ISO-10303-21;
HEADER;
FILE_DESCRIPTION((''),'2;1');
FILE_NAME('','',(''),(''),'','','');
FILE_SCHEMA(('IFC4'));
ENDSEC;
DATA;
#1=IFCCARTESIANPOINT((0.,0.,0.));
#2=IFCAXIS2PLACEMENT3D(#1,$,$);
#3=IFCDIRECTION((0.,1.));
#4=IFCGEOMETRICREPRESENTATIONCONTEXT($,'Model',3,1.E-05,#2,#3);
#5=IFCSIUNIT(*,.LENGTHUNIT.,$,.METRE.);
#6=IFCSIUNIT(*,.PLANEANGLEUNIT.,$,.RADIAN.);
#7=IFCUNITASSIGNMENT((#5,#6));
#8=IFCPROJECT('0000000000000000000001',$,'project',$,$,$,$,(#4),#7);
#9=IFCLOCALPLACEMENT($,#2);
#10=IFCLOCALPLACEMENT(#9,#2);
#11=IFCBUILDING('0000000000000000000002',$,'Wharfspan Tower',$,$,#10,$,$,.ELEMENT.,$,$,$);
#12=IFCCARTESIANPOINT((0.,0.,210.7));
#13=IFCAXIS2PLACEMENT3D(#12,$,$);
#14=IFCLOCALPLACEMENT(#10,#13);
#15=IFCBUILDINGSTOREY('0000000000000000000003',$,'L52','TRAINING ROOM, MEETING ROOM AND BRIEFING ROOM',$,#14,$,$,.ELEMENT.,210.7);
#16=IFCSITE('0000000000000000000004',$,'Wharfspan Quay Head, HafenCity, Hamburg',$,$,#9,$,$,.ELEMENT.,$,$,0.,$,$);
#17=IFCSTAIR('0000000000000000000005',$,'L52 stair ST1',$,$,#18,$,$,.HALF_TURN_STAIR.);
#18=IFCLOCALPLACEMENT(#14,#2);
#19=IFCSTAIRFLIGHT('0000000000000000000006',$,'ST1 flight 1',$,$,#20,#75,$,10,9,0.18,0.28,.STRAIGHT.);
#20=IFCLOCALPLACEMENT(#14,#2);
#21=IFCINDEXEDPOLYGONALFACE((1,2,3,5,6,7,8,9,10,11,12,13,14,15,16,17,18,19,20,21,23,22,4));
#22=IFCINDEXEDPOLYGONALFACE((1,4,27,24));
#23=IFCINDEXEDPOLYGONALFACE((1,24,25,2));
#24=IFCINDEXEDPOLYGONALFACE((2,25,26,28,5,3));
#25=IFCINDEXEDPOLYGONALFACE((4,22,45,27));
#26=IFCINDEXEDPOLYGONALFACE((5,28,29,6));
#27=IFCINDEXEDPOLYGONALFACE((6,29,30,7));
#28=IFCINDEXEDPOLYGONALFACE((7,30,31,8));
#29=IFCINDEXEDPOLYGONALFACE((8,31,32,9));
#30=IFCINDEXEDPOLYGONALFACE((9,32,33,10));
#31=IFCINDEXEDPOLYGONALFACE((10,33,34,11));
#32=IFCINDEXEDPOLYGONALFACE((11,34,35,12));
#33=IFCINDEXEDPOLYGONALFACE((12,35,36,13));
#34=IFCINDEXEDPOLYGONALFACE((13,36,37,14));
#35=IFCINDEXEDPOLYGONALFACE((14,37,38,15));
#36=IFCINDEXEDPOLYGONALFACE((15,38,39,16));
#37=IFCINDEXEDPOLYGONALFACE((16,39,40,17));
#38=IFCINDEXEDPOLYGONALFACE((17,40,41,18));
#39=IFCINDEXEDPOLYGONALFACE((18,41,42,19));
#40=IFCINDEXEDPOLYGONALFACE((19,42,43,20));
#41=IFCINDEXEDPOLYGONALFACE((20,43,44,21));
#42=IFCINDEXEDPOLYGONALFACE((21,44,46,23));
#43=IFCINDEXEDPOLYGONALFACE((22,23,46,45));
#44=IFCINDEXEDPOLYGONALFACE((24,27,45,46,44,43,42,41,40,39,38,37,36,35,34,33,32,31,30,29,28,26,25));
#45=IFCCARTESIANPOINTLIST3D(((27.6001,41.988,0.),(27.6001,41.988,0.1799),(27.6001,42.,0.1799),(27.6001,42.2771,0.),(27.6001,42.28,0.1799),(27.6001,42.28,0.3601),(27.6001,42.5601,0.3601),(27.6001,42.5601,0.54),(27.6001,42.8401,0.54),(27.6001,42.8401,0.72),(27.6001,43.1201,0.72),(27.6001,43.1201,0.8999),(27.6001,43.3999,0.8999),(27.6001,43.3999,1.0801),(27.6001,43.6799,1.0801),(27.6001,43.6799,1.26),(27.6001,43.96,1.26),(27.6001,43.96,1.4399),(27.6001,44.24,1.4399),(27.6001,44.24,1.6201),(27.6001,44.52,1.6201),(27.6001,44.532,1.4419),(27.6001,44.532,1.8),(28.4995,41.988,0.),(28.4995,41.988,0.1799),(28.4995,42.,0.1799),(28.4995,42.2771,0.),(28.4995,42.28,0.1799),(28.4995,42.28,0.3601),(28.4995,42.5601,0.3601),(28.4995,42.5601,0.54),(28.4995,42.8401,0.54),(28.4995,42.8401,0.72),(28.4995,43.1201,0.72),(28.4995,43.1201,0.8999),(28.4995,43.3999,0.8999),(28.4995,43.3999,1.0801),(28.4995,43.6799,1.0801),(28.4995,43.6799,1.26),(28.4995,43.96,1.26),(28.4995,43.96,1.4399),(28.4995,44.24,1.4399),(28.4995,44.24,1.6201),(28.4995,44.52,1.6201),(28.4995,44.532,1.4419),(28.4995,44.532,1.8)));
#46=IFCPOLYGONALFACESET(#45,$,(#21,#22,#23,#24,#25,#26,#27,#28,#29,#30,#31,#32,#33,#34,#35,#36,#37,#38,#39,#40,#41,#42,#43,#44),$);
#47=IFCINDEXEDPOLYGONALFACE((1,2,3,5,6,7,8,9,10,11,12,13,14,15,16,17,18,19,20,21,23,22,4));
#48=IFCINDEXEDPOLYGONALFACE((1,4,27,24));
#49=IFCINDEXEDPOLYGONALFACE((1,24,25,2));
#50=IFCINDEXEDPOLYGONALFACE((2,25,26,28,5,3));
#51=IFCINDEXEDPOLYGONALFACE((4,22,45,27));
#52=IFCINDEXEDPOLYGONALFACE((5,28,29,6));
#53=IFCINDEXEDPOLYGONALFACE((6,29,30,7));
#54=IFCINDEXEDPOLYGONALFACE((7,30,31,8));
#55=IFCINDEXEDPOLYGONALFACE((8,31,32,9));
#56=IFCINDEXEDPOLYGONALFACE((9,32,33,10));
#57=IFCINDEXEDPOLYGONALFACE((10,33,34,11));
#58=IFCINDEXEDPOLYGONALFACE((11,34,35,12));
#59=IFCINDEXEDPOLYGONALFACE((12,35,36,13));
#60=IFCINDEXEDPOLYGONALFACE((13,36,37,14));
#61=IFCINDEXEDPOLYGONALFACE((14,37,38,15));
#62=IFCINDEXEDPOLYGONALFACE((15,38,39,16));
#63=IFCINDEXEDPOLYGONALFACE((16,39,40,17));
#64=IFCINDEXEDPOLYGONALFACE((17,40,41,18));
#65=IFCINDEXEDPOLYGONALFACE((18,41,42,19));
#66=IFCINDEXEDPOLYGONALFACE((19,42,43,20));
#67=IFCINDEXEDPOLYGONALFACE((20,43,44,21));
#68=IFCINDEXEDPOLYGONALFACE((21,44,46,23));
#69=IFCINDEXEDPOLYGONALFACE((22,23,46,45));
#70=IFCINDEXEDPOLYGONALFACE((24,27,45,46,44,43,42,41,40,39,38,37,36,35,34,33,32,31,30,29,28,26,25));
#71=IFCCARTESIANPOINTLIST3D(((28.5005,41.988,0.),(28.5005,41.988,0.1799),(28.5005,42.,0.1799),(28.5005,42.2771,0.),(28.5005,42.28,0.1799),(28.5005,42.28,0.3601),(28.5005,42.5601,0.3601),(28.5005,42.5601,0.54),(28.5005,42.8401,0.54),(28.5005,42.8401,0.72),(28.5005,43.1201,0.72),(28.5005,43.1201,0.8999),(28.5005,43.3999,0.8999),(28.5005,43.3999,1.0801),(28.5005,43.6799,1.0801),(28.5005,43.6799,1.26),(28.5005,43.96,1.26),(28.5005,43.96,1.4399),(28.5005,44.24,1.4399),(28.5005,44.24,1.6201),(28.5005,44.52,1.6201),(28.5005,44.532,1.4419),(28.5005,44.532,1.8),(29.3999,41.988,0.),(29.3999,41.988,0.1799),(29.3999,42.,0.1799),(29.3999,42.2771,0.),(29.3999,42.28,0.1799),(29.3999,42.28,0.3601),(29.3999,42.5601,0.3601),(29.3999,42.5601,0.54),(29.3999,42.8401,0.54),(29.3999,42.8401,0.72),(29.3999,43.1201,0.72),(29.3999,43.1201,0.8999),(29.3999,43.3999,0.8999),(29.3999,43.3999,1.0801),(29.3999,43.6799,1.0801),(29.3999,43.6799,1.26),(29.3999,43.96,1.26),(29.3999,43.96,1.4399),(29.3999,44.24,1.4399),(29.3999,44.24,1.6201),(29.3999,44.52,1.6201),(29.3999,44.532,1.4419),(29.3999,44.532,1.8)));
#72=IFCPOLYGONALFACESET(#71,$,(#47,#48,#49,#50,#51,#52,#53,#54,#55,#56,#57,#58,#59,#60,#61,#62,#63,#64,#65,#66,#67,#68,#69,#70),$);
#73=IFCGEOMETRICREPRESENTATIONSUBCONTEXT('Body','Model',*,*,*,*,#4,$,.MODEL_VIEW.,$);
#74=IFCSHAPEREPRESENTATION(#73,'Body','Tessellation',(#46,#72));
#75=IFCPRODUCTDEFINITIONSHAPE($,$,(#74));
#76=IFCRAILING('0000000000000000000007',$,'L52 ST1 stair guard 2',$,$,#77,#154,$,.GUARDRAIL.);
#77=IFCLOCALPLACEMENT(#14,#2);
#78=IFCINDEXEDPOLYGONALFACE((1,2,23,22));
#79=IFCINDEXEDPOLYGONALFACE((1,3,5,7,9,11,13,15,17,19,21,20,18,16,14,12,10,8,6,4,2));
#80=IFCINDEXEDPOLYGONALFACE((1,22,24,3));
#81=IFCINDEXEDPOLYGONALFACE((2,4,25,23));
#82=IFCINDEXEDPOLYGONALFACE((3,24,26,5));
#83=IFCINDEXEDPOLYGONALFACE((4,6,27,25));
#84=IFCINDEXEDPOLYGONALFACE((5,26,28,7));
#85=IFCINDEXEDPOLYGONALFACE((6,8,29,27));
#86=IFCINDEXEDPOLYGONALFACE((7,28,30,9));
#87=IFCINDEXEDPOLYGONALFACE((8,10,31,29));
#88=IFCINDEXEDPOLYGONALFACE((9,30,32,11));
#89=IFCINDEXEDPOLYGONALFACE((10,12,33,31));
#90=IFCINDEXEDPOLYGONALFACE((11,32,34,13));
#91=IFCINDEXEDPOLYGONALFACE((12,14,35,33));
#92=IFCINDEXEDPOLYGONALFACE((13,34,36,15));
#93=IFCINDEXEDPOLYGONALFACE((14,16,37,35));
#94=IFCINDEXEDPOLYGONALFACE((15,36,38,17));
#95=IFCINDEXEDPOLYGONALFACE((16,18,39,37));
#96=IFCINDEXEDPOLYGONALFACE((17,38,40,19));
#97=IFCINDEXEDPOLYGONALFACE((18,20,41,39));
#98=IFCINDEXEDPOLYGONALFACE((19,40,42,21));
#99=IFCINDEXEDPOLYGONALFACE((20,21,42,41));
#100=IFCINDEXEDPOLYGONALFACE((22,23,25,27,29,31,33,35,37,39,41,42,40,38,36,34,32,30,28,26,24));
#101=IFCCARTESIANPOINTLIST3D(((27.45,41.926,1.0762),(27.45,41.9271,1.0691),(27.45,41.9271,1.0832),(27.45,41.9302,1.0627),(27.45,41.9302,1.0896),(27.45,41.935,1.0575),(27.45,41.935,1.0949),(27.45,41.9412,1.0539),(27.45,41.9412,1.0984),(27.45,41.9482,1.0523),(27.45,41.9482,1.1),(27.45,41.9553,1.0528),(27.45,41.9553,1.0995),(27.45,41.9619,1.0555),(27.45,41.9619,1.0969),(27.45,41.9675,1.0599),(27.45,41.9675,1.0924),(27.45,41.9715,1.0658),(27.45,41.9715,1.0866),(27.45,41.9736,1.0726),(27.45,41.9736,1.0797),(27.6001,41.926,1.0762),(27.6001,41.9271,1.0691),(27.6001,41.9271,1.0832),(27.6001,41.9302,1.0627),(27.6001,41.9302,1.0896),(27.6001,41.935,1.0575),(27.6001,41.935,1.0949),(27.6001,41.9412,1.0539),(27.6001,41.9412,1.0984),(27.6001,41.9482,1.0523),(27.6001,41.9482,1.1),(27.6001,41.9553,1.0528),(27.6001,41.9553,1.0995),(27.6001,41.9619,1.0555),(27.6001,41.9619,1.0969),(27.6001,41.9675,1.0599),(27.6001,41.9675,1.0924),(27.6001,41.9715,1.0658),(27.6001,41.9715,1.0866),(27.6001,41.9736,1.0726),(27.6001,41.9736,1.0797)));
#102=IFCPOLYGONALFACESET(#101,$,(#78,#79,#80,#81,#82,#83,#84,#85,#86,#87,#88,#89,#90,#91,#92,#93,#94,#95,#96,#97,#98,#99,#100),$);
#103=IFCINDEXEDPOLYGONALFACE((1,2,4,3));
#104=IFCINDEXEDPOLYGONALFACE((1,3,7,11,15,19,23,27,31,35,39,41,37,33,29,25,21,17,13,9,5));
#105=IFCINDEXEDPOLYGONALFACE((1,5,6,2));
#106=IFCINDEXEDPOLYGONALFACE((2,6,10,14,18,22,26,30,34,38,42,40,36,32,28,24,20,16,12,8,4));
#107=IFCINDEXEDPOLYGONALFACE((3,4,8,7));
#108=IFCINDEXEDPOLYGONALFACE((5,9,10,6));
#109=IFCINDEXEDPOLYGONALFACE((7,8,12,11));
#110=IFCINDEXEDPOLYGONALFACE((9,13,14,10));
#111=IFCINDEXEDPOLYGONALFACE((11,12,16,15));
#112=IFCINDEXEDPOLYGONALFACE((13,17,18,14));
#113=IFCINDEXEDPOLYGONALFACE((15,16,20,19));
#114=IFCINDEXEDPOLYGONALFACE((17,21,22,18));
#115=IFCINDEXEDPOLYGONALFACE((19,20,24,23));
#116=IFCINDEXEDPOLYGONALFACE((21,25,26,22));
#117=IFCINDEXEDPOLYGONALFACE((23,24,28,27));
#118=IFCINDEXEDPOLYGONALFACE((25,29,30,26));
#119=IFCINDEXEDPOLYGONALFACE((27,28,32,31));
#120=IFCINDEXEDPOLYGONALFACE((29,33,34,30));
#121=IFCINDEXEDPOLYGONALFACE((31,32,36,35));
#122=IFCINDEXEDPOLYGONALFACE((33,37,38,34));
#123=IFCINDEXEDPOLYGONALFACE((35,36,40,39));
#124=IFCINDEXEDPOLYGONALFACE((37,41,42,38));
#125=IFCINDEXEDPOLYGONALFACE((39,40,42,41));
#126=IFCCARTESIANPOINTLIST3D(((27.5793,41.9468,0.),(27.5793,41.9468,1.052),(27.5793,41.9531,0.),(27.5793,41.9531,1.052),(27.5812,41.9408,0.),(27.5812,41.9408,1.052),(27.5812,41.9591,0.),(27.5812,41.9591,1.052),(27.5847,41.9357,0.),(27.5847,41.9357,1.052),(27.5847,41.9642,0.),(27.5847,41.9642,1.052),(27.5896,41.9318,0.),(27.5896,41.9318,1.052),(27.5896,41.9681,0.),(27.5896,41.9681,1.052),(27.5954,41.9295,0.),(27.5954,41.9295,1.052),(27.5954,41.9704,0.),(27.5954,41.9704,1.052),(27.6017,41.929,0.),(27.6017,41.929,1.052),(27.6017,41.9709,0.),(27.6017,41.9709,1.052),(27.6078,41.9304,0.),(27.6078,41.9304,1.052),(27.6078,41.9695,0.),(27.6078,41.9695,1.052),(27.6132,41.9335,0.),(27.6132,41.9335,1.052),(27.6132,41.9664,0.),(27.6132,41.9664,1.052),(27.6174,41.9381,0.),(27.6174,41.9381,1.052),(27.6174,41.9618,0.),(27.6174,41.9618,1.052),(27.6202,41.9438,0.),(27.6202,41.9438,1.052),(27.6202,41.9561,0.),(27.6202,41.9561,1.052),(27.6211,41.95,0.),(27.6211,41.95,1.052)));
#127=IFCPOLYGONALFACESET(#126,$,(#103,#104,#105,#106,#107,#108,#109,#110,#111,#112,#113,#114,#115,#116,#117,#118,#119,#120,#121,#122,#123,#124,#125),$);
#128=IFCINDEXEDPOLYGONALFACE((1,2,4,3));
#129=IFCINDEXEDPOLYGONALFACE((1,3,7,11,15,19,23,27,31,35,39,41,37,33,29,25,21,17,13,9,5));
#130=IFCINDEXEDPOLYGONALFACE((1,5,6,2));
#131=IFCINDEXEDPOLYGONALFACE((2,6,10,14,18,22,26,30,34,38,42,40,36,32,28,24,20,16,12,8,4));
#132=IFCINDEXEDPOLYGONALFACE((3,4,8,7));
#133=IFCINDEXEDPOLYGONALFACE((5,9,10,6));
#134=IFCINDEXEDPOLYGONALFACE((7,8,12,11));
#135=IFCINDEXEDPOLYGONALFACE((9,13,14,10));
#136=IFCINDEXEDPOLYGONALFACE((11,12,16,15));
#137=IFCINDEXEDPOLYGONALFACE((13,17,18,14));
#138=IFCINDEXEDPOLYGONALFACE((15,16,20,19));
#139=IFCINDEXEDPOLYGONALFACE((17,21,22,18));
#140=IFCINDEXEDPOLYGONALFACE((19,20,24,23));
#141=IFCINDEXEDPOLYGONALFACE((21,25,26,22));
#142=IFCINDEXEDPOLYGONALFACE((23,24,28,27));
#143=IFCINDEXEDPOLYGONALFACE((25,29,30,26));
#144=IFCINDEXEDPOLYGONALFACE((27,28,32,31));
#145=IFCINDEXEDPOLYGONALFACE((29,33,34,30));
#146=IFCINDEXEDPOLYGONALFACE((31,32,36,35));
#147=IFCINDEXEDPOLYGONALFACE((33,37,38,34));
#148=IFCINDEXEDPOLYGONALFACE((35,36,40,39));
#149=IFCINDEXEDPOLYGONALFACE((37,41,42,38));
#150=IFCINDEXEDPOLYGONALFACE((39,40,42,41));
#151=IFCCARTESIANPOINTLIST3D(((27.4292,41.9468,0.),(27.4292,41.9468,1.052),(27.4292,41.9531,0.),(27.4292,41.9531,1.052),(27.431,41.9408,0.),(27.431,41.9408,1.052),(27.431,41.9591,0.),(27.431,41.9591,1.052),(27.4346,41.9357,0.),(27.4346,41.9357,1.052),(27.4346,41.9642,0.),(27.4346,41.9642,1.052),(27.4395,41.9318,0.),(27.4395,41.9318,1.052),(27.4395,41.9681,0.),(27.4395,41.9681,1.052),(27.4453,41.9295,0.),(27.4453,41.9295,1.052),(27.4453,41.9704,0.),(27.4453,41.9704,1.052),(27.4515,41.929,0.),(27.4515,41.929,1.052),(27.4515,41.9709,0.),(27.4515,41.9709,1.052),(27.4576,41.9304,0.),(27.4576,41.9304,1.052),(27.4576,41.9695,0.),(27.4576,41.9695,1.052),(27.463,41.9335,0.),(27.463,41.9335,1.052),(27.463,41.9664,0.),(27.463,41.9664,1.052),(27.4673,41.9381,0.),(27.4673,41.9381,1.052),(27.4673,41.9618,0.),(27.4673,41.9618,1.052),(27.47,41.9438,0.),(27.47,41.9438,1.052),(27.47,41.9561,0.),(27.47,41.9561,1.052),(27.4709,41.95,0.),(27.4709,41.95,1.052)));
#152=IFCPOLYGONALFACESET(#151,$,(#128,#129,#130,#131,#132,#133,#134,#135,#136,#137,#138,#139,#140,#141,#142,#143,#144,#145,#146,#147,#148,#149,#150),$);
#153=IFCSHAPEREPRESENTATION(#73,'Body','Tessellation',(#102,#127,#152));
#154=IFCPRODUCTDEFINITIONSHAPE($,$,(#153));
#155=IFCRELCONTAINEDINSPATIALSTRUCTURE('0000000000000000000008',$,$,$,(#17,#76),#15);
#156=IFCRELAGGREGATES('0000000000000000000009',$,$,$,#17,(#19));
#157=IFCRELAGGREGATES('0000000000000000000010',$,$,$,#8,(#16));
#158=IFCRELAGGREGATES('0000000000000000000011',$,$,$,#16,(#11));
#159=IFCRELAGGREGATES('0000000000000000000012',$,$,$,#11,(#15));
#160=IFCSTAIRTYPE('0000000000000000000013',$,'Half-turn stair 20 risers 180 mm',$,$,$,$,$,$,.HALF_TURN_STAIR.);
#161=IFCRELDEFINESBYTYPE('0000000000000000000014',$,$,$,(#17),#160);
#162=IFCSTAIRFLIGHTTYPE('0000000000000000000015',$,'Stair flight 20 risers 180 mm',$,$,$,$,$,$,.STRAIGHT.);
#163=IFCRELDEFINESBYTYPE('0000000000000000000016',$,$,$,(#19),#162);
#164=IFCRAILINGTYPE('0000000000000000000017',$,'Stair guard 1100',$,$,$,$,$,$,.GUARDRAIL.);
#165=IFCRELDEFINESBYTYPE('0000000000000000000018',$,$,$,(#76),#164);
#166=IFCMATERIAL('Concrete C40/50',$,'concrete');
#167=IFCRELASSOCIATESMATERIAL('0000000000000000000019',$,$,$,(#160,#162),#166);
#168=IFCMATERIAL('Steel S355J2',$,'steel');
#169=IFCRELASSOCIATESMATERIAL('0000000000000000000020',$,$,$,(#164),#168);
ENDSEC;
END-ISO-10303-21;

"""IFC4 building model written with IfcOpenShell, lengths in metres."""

from ifc_helpers import new_model, si_unit, direction, frame, origin, origin_2d, place, context, subcontext, project, spatial, polyline, circle, outline, extrude, material, type_object, element, aggregate, save


model = new_model("IFC4")

# Units and contexts
model_context = context("Model", 3, precision=1e-05, world=origin(), true_north=direction((0.0, 1.0)))
body_context = subcontext(model_context, "Body", "Model", "MODEL_VIEW")
ifc_project = project(units=[si_unit("LENGTHUNIT", "METRE"), si_unit("PLANEANGLEUNIT", "RADIAN")], contexts=[model_context])

# Site, building, storey
site_placement = place(None, origin())
site = spatial("IfcSite", under=ifc_project, at=site_placement, Name="Wharfspan Quay Head, HafenCity, Hamburg", CompositionType="ELEMENT", RefElevation=0.0)
building_placement = place(site_placement, origin())
building = spatial("IfcBuilding", under=site, at=building_placement, Name="Wharfspan Tower", CompositionType="ELEMENT")
storey_placement = place(building_placement, frame((0.0, 0.0, 210.7)))
storey = spatial("IfcBuildingStorey", under=building, at=storey_placement, Name="L52", Description="TRAINING ROOM, MEETING ROOM AND BRIEFING ROOM", CompositionType="ELEMENT", Elevation=210.7)

# Shared definitions
ifc_material_1 = material(Name="Concrete C40/50", Category="concrete")

# Stair, stair flight
stair_type = type_object("IfcStairType", Name="Half-turn stair 20 risers 180 mm", PredefinedType="HALF_TURN_STAIR", material=ifc_material_1)
stair_placement = place(storey_placement, origin())
stair = element("IfcStair", 1, at=stair_placement, inside=storey, type_object=stair_type, Name="L52 stair ST1", PredefinedType="HALF_TURN_STAIR")
stair_flight_type = type_object("IfcStairFlightType", Name="Stair flight 20 risers 180 mm", PredefinedType="STRAIGHT", material=ifc_material_1)
stair_flight_placement = place(storey_placement, frame((28.5, 42.0, 0.0), z_axis=(0.0, 0.0, 1.0), x_axis=(0.0, 1.0, 0.0)))
stair_flight = element("IfcStairFlight", 2, at=stair_flight_placement, type_object=stair_flight_type, Name="ST1 flight 1", NumberOfRisers=10, NumberOfTreads=9, PredefinedType="STRAIGHT", RiserHeight=0.18, TreadLength=0.28, context=body_context, shape_type="SweptSolid", body=[
    extrude(outline(polyline([(-0.012, 0.0), (-0.012, 0.1799), (0.0, 0.1799), (0.28, 0.1799), (0.28, 0.3601), (0.5601, 0.3601), (0.5601, 0.54), (0.8401, 0.54), (0.8401, 0.72), (1.1201, 0.72), (1.1201, 0.8999), (1.3999, 0.8999), (1.3999, 1.0801), (1.6799, 1.0801), (1.6799, 1.26), (1.96, 1.26), (1.96, 1.4399), (2.24, 1.4399), (2.24, 1.6201), (2.52, 1.6201), (2.532, 1.8), (2.532, 1.4419), (0.2771, 0.0), (-0.012, 0.0)])), frame((0.0, 0.8999, 0.0), z_axis=(0.0, -1.0, 0.0), x_axis=(1.0, 0.0, 0.0)), (0.0, 0.0, 1.0), 0.8994),
    extrude(outline(polyline([(-0.012, 0.0), (-0.012, 0.1799), (0.0, 0.1799), (0.28, 0.1799), (0.28, 0.3601), (0.5601, 0.3601), (0.5601, 0.54), (0.8401, 0.54), (0.8401, 0.72), (1.1201, 0.72), (1.1201, 0.8999), (1.3999, 0.8999), (1.3999, 1.0801), (1.6799, 1.0801), (1.6799, 1.26), (1.96, 1.26), (1.96, 1.4399), (2.24, 1.4399), (2.24, 1.6201), (2.52, 1.6201), (2.532, 1.8), (2.532, 1.4419), (0.2771, 0.0), (-0.012, 0.0)])), frame((0.0, -0.0005, 0.0), z_axis=(0.0, -1.0, 0.0), x_axis=(1.0, 0.0, 0.0)), (0.0, 0.0, 1.0), 0.8994),
])
aggregate(stair, [stair_flight])

# Railing
ifc_material_2 = material(Name="Steel S355J2", Category="steel")
railing_type = type_object("IfcRailingType", Name="Stair guard 1100", PredefinedType="GUARDRAIL", material=ifc_material_2)
railing_1_placement = place(storey_placement, frame((27.6001, 41.95, 0.0)))
element("IfcRailing", 3, at=railing_1_placement, inside=storey, type_object=railing_type, Name="L52 ST1 stair guard 2", PredefinedType="GUARDRAIL", context=body_context, shape_type="SweptSolid", body=[
    extrude(circle(Radius=0.0239, at=origin_2d()), frame((0.0, 0.0, 1.0762), z_axis=(-1.0, 0.0, 0.0), x_axis=(0.0, -1.0, 0.0)), (0.0, 0.0, 1.0), 0.1501),
    extrude(circle(Radius=0.021, at=origin_2d()), origin(), (0.0, 0.0, 1.0), 1.052),
    extrude(circle(Radius=0.021, at=origin_2d()), frame((-0.1501, 0.0, 0.0)), (0.0, 0.0, 1.0), 1.052),
])

save(model, "model.ifc")
